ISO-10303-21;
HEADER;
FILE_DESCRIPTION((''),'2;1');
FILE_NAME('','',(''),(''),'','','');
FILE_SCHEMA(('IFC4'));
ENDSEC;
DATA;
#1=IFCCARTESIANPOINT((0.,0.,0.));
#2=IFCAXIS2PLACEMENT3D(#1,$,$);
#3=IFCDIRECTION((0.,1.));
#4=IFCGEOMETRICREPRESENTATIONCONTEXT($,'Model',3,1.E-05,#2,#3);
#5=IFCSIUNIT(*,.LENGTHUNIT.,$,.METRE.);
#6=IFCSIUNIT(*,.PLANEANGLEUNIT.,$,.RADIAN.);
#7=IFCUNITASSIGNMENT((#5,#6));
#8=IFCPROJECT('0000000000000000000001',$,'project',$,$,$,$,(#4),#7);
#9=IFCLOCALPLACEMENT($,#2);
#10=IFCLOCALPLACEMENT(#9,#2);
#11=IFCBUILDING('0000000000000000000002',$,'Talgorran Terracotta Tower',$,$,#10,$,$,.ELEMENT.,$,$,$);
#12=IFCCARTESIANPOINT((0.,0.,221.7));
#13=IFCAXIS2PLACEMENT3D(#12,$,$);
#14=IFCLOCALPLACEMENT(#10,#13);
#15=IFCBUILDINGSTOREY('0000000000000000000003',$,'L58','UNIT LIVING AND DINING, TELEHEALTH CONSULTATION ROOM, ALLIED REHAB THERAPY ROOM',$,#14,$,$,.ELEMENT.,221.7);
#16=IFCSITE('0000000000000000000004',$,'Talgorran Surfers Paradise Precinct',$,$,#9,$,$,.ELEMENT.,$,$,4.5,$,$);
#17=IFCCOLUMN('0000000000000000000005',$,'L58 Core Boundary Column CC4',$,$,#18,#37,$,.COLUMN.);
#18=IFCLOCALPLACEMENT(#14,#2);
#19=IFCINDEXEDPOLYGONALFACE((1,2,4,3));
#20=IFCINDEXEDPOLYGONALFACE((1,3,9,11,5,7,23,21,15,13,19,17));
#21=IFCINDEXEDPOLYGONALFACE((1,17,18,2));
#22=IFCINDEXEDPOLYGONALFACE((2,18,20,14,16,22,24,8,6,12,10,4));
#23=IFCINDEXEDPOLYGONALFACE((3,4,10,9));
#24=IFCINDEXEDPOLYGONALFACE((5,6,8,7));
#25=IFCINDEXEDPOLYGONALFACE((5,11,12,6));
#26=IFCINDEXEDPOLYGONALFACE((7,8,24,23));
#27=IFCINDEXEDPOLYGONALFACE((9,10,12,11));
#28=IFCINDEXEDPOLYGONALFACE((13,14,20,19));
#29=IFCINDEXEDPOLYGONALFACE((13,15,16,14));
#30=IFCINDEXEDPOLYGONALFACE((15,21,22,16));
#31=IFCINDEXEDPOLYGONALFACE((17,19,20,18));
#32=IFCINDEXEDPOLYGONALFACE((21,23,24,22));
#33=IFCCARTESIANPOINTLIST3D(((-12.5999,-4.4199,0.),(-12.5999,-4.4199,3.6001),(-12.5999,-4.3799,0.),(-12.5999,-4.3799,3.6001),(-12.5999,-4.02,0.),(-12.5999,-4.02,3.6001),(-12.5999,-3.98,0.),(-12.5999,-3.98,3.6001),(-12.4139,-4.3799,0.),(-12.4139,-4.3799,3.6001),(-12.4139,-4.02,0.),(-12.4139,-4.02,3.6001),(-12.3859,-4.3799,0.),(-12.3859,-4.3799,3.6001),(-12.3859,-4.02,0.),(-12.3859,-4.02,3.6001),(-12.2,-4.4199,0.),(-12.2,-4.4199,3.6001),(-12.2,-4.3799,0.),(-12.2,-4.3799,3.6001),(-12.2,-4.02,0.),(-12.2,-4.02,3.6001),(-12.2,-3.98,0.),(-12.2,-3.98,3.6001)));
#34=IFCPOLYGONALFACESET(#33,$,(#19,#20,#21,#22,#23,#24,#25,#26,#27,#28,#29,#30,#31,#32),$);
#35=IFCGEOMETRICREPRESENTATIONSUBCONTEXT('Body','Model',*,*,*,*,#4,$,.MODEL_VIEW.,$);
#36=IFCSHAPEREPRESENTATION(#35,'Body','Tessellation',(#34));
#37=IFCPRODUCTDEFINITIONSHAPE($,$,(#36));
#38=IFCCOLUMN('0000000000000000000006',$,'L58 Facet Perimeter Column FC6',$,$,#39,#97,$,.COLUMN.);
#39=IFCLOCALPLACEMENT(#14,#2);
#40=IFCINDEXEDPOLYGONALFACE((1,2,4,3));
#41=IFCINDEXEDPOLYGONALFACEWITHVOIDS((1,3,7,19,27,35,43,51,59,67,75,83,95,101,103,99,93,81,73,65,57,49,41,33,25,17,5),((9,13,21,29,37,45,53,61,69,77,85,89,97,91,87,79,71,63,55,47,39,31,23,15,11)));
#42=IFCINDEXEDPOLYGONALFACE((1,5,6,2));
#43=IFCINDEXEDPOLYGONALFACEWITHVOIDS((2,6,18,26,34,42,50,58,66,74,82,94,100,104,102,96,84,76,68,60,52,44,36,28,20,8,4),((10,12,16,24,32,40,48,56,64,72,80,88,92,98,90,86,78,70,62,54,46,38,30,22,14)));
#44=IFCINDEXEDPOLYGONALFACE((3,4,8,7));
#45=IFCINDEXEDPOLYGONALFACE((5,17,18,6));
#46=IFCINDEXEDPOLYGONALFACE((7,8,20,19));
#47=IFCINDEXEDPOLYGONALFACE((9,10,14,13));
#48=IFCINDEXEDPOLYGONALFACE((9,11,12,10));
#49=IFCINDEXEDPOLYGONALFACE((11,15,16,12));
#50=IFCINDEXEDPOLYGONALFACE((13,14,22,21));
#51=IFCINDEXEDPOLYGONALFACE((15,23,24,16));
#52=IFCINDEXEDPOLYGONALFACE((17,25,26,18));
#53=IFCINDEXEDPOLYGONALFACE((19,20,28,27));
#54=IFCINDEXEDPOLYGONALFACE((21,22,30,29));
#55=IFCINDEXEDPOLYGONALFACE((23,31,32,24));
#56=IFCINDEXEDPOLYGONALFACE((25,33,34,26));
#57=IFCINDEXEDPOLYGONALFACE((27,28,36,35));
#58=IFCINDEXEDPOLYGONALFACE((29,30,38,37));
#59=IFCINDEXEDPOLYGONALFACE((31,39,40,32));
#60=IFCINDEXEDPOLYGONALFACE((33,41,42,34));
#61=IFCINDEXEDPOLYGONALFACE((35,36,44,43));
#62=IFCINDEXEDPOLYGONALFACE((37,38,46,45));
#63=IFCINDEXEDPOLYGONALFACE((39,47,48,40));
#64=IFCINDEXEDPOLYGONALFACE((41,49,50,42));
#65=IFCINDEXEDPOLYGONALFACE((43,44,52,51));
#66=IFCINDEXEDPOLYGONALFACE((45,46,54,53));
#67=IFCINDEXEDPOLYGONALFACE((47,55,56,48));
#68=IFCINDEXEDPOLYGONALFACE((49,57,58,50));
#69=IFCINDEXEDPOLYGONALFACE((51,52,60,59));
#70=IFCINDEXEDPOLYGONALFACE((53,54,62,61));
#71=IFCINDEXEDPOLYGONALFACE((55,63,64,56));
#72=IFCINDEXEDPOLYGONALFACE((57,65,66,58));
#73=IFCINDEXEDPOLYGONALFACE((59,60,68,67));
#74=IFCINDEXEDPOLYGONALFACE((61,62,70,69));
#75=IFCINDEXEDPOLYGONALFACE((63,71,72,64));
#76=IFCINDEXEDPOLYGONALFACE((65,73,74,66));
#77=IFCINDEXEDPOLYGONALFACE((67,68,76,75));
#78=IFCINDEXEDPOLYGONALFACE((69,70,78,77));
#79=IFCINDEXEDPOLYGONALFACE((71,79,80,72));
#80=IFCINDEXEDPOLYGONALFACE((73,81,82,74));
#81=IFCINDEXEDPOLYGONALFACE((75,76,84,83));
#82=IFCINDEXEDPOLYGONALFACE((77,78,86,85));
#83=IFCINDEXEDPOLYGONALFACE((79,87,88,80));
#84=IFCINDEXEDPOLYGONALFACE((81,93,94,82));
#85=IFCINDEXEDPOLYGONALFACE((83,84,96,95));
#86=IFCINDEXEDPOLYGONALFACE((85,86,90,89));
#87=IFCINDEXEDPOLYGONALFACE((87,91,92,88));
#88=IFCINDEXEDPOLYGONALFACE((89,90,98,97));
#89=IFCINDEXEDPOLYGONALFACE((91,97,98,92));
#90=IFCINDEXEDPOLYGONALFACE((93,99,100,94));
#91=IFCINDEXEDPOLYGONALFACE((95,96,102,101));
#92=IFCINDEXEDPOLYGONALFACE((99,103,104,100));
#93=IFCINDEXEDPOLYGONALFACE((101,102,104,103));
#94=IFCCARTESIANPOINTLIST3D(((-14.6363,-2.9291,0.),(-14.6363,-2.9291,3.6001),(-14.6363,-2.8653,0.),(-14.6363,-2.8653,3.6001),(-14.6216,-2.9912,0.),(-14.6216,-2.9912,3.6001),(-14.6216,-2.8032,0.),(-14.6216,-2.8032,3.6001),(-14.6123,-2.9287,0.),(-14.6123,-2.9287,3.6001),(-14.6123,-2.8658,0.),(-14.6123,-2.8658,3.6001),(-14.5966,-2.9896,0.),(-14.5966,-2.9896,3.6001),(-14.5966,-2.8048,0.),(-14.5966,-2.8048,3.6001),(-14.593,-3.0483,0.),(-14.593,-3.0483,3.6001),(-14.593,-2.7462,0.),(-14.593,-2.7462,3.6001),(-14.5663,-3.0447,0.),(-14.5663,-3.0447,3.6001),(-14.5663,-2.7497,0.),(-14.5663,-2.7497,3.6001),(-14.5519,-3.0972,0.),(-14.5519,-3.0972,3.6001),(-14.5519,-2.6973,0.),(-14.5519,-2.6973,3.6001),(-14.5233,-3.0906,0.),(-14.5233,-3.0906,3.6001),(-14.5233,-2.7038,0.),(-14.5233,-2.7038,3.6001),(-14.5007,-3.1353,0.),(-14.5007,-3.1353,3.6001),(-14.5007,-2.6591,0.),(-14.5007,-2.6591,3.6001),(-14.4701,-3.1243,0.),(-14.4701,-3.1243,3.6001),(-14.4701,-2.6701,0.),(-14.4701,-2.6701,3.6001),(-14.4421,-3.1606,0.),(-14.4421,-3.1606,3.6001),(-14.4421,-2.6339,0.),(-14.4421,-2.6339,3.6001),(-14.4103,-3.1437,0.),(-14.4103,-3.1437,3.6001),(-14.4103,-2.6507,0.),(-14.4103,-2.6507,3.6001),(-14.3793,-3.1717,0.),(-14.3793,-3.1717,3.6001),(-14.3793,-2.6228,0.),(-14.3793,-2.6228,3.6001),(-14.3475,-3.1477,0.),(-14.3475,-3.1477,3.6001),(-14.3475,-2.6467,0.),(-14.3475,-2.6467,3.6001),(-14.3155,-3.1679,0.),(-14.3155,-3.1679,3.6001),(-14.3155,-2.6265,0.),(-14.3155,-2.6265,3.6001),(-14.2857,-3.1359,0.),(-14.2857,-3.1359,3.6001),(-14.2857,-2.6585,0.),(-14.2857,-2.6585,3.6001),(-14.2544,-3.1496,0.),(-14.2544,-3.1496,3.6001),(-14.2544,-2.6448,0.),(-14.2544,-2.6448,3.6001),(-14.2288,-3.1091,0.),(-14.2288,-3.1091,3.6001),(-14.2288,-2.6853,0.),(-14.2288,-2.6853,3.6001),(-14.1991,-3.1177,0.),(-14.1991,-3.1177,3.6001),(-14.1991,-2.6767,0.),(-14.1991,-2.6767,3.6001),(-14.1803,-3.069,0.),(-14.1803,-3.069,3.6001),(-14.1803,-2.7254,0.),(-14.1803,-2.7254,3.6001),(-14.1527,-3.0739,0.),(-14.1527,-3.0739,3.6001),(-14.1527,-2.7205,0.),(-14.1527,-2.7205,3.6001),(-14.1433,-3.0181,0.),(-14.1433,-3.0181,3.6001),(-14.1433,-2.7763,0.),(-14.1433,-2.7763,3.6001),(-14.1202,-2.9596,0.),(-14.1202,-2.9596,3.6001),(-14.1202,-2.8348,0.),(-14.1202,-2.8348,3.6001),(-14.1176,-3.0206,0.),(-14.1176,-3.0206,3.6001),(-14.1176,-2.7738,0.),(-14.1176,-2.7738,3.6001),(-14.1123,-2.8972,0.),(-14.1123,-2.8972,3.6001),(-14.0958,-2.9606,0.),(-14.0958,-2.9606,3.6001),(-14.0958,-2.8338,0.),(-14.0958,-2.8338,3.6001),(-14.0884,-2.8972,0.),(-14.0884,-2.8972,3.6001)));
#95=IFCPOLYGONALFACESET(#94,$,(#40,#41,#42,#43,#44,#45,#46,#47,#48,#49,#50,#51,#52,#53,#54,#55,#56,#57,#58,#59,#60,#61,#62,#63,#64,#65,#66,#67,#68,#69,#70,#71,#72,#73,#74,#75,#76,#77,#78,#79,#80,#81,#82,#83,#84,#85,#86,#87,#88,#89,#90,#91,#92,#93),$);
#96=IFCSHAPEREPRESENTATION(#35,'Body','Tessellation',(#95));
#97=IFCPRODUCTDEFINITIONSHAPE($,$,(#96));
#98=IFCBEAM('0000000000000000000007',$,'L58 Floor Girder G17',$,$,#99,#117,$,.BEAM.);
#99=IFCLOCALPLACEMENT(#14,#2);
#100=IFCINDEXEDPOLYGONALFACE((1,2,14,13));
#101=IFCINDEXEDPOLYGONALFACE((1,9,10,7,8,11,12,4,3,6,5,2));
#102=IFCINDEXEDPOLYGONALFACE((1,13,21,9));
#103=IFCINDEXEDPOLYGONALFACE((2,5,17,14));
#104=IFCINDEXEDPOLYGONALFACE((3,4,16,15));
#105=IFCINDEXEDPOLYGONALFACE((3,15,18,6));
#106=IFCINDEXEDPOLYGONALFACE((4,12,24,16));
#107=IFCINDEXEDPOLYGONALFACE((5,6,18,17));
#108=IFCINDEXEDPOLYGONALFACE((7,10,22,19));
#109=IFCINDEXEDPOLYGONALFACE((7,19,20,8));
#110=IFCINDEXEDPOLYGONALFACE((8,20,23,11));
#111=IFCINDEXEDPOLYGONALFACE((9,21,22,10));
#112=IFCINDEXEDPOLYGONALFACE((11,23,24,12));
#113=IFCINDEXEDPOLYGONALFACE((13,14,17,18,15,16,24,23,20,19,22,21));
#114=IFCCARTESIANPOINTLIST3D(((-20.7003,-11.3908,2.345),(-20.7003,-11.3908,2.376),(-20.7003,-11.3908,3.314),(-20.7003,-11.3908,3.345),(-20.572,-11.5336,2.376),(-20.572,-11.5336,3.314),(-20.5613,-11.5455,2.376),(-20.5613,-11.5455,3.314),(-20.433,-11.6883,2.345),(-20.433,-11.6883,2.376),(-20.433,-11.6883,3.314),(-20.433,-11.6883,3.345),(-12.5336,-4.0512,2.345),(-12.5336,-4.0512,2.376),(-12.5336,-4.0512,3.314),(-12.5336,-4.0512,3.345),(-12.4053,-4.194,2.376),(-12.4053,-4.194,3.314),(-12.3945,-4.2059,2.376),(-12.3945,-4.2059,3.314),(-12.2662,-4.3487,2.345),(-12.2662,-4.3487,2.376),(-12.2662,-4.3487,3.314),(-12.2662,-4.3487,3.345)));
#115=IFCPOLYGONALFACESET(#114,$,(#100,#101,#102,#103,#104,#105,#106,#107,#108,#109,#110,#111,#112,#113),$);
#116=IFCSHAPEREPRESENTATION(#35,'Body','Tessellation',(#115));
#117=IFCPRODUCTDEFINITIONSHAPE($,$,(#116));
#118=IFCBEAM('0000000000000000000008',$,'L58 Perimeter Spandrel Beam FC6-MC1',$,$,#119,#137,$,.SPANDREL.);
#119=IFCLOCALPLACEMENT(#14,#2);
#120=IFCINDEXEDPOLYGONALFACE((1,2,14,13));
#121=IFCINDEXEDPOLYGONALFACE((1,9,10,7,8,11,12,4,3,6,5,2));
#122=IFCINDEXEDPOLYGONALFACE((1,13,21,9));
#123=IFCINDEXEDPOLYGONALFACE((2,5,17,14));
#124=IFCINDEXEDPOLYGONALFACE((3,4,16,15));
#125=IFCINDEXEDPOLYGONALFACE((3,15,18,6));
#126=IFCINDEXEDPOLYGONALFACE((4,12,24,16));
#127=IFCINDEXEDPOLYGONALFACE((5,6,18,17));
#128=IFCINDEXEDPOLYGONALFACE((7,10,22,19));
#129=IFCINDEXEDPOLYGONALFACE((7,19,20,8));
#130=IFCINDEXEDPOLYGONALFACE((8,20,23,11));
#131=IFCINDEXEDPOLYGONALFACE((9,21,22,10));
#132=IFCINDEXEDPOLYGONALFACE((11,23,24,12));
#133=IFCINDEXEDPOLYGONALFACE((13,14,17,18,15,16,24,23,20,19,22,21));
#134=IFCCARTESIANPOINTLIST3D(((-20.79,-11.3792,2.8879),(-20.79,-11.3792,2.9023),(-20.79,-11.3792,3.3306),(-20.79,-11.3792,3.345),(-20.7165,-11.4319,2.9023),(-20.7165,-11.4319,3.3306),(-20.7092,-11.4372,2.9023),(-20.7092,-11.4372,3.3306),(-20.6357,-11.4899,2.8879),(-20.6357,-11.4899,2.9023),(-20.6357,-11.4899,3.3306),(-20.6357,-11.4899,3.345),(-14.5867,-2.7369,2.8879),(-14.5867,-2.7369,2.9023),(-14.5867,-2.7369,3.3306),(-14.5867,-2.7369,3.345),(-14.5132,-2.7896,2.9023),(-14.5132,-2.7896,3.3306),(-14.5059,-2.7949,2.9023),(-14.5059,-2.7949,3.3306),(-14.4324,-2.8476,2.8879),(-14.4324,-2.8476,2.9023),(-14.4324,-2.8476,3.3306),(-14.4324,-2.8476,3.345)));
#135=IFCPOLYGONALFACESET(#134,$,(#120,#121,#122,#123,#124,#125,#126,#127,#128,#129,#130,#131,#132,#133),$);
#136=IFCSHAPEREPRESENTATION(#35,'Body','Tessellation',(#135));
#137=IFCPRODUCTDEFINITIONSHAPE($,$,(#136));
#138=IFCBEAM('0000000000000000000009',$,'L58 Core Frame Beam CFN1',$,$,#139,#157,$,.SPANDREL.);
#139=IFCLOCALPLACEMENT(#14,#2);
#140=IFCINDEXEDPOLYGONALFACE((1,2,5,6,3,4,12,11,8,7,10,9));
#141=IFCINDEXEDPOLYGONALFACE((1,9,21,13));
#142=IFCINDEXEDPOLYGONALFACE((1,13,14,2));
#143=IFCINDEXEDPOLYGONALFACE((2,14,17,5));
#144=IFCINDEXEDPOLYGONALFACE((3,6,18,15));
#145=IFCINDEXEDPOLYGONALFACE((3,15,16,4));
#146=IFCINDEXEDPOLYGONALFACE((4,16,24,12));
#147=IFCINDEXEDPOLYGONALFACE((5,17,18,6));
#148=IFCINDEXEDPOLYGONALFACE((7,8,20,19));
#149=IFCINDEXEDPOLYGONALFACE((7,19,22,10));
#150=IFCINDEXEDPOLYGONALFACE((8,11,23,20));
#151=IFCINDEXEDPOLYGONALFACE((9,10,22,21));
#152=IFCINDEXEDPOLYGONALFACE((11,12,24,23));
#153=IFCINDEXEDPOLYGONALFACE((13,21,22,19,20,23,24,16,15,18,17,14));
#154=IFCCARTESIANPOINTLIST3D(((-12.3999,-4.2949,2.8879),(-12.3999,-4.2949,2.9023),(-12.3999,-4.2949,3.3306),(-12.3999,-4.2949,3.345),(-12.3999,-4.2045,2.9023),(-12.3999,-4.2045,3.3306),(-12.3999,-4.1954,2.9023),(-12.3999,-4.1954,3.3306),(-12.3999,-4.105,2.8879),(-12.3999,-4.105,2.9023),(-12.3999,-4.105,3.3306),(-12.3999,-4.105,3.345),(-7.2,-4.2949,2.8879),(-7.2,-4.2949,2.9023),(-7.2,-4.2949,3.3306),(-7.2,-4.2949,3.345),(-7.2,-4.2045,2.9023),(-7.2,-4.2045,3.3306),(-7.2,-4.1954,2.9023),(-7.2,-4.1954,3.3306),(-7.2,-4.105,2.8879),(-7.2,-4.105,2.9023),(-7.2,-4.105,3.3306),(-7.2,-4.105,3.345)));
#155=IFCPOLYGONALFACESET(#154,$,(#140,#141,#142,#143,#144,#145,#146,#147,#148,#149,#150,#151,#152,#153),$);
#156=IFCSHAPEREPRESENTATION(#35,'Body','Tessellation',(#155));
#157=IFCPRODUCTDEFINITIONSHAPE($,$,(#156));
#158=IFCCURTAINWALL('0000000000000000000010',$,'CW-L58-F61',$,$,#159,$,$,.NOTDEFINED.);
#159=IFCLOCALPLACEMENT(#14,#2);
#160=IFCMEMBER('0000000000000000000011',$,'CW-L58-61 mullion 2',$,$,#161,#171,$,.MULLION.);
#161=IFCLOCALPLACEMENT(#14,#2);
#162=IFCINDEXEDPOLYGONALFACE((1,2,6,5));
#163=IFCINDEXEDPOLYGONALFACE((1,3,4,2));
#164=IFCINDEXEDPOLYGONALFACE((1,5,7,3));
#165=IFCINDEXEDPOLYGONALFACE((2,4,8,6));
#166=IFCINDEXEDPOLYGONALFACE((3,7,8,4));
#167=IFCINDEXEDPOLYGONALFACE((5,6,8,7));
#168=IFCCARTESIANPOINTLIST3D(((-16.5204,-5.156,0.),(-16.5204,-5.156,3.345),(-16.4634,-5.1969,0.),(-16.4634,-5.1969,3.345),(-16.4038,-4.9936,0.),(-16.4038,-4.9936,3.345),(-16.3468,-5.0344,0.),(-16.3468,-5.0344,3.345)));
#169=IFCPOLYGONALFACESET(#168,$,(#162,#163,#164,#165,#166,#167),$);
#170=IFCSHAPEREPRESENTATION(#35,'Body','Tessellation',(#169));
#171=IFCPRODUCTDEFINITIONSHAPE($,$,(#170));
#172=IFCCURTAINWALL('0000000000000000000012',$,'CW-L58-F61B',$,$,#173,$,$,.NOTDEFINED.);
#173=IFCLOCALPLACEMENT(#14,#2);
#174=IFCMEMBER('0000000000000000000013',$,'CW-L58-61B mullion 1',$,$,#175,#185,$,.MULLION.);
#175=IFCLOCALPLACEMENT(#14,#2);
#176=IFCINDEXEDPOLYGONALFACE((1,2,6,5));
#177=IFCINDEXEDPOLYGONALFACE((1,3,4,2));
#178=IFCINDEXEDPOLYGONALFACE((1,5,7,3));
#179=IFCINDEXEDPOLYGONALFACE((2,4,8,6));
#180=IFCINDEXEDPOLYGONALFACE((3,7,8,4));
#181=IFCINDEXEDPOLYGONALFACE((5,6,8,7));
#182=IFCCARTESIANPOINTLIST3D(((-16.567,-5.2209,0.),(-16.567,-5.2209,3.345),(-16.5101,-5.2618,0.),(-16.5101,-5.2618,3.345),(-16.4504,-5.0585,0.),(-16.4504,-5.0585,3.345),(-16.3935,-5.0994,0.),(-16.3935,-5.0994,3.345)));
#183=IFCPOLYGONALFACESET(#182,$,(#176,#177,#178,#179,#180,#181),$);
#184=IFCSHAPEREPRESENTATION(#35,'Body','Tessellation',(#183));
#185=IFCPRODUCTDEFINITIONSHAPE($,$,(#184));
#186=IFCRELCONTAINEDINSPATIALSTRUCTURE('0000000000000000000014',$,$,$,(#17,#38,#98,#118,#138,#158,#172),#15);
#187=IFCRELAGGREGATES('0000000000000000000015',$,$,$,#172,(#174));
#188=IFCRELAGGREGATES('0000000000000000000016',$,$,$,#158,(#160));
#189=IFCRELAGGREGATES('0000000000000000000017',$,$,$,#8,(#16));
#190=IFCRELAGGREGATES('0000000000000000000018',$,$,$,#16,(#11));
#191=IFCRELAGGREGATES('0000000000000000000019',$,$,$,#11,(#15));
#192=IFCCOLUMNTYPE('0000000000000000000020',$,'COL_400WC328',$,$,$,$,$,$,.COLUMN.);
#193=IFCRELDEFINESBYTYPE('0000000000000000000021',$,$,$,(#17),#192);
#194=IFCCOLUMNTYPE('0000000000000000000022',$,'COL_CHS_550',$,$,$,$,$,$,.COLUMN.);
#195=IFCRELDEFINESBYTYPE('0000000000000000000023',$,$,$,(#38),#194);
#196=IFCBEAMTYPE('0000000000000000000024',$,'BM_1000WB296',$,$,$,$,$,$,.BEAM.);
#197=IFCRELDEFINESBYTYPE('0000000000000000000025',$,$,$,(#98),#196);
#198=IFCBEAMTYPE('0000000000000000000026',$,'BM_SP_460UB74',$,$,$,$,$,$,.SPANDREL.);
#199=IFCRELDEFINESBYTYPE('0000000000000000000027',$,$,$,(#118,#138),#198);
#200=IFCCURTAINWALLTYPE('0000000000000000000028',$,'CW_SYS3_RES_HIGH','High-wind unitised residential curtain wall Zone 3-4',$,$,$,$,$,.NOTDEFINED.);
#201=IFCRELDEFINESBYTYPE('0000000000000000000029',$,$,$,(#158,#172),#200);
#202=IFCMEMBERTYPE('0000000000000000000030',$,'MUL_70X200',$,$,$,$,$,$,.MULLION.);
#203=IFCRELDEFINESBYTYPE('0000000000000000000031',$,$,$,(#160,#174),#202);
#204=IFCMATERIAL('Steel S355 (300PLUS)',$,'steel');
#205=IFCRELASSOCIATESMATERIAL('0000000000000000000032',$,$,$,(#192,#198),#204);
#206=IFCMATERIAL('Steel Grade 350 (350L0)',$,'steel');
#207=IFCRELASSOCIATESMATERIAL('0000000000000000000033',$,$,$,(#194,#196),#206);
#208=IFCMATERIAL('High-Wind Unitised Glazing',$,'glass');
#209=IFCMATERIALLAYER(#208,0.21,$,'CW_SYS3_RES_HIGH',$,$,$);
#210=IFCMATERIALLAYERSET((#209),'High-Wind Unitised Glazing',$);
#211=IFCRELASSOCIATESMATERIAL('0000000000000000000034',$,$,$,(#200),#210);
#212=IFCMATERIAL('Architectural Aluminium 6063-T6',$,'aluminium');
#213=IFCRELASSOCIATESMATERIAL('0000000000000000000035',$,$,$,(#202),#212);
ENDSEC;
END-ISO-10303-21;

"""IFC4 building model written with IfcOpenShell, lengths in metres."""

from ifc_helpers import new_model, si_unit, direction, frame, origin, origin_2d, place, context, subcontext, project, spatial, rectangle, hollow_circle, i_section, extrude, material, layer, layer_set, material_profile, profile_set, type_object, element, aggregate, save


model = new_model("IFC4")

# Units and contexts
model_context = context("Model", 3, precision=1e-05, world=origin(), true_north=direction((0.0, 1.0)))
body_context = subcontext(model_context, "Body", "Model", "MODEL_VIEW")
ifc_project = project(units=[si_unit("LENGTHUNIT", "METRE"), si_unit("PLANEANGLEUNIT", "RADIAN")], contexts=[model_context])

# Site, building, storey
site_placement = place(None, origin())
site = spatial("IfcSite", under=ifc_project, at=site_placement, Name="Talgorran Surfers Paradise Precinct", CompositionType="ELEMENT", RefElevation=4.5)
building_placement = place(site_placement, origin())
building = spatial("IfcBuilding", under=site, at=building_placement, Name="Talgorran Terracotta Tower", CompositionType="ELEMENT")
storey_placement = place(building_placement, frame((0.0, 0.0, 221.7)))
storey = spatial("IfcBuildingStorey", under=building, at=storey_placement, Name="L58", Description="UNIT LIVING AND DINING, TELEHEALTH CONSULTATION ROOM, ALLIED REHAB THERAPY ROOM", CompositionType="ELEMENT", Elevation=221.7)

# Columns
ifc_material_1 = material(Name="Steel S355 (300PLUS)", Category="steel")
ifc_material_profile_1 = material_profile(ifc_material_1, i_section(OverallWidth=0.3999, OverallDepth=0.4399, WebThickness=0.0281, FlangeThickness=0.04, at=origin_2d()), Name="400WC328")
ifc_profile_set_1 = profile_set([ifc_material_profile_1], Name="Steel S355 (300PLUS)")
column_type_1 = type_object("IfcColumnType", Name="COL_400WC328", PredefinedType="COLUMN", material=ifc_profile_set_1)
column_1_placement = place(storey_placement, frame((-12.3999, -4.2, 0.0), z_axis=(0.0, 0.0, 1.0), x_axis=(1.0, 0.0, 0.0)))
element("IfcColumn", 1, at=column_1_placement, inside=storey, type_object=column_type_1, Name="L58 Core Boundary Column CC4", PredefinedType="COLUMN", context=body_context, shape_type="SweptSolid", body=[
    extrude(i_section(OverallWidth=0.3999, OverallDepth=0.4399, WebThickness=0.0281, FlangeThickness=0.04, at=origin_2d()), origin(), (0.0, 0.0, 1.0), 3.6001),
])
ifc_material_2 = material(Name="Steel Grade 350 (350L0)", Category="steel")
ifc_material_profile_2 = material_profile(ifc_material_2, hollow_circle(Radius=0.2749, WallThickness=0.0239, at=origin_2d()), Name="CHS550X24")
ifc_profile_set_2 = profile_set([ifc_material_profile_2], Name="Steel Grade 350 (350L0)")
column_type_2 = type_object("IfcColumnType", Name="COL_CHS_550", PredefinedType="COLUMN", material=ifc_profile_set_2)
column_2_placement = place(storey_placement, frame((-14.3633, -2.8972, 0.0), z_axis=(0.0, 0.0, 1.0), x_axis=(1.0, 0.0, 0.0)))
element("IfcColumn", 2, at=column_2_placement, inside=storey, type_object=column_type_2, Name="L58 Facet Perimeter Column FC6", PredefinedType="COLUMN", context=body_context, shape_type="SweptSolid", body=[
    extrude(hollow_circle(Radius=0.2749, WallThickness=0.0239, at=origin_2d()), origin(), (0.0, 0.0, 1.0), 3.6001),
])

# Beams
ifc_material_profile_3 = material_profile(ifc_material_2, i_section(OverallWidth=0.3999, OverallDepth=1.0, WebThickness=0.0161, FlangeThickness=0.031, at=origin_2d()), Name="1000WB296")
ifc_profile_set_3 = profile_set([ifc_material_profile_3], Name="Steel Grade 350 (350L0)")
beam_type_1 = type_object("IfcBeamType", Name="BM_1000WB296", PredefinedType="BEAM", material=ifc_profile_set_3)
beam_1_placement = place(storey_placement, frame((-12.3999, -4.2, 2.845), z_axis=(-0.743768, -0.668438, 0.0), x_axis=(0.668438, -0.743768, 0.0)))
element("IfcBeam", 3, at=beam_1_placement, inside=storey, type_object=beam_type_1, Name="L58 Floor Girder G17", PredefinedType="BEAM", context=body_context, shape_type="SweptSolid", body=[
    extrude(i_section(OverallWidth=0.3999, OverallDepth=1.0, WebThickness=0.0161, FlangeThickness=0.031, at=origin_2d()), origin(), (0.0, 0.0, 1.0), 10.9802),
])
ifc_material_profile_4 = material_profile(ifc_material_1, i_section(OverallWidth=0.1899, OverallDepth=0.457, WebThickness=0.009, FlangeThickness=0.0144, at=origin_2d()), Name="460UB74.6")
ifc_profile_set_4 = profile_set([ifc_material_profile_4], Name="Steel S355 (300PLUS)")
beam_type_2 = type_object("IfcBeamType", Name="BM_SP_460UB74", PredefinedType="SPANDREL", material=ifc_profile_set_4)
beam_2_placement = place(storey_placement, frame((-14.5095, -2.7922, 3.1165), z_axis=(-0.583121, -0.812385, 0.0), x_axis=(0.812385, -0.583121, 0.0)))
element("IfcBeam", 4, at=beam_2_placement, inside=storey, type_object=beam_type_2, Name="L58 Perimeter Spandrel Beam FC6-MC1", PredefinedType="SPANDREL", context=body_context, shape_type="SweptSolid", body=[
    extrude(i_section(OverallWidth=0.1899, OverallDepth=0.457, WebThickness=0.009, FlangeThickness=0.0144, at=origin_2d()), origin(), (0.0, 0.0, 1.0), 10.6382),
])
beam_3_placement = place(storey_placement, frame((-12.3999, -4.2, 3.1165), z_axis=(1.0, 0.0, 0.0), x_axis=(0.0, 1.0, 0.0)))
element("IfcBeam", 5, at=beam_3_placement, inside=storey, type_object=beam_type_2, Name="L58 Core Frame Beam CFN1", PredefinedType="SPANDREL", context=body_context, shape_type="SweptSolid", body=[
    extrude(i_section(OverallWidth=0.1899, OverallDepth=0.457, WebThickness=0.009, FlangeThickness=0.0144, at=origin_2d()), origin(), (0.0, 0.0, 1.0), 5.2),
])

# Curtain wall, member
ifc_material_3 = material(Name="High-Wind Unitised Glazing", Category="glass")
ifc_layer_1 = layer(ifc_material_3, 0.21, Name="CW_SYS3_RES_HIGH")
ifc_layer_set_1 = layer_set([ifc_layer_1], Name="High-Wind Unitised Glazing")
curtain_wall_type = type_object("IfcCurtainWallType", Name="CW_SYS3_RES_HIGH", Description="High-wind unitised residential curtain wall Zone 3-4", PredefinedType="NOTDEFINED", material=ifc_layer_set_1)
curtain_wall_1_placement = place(storey_placement, origin())
curtain_wall_1 = element("IfcCurtainWall", 6, at=curtain_wall_1_placement, inside=storey, type_object=curtain_wall_type, Name="CW-L58-F61", PredefinedType="NOTDEFINED")
ifc_material_4 = material(Name="Architectural Aluminium 6063-T6", Category="aluminium")
ifc_material_profile_5 = material_profile(ifc_material_4, rectangle(XDim=0.0701, YDim=0.2, at=origin_2d()), Name="CWM70X200")
ifc_profile_set_5 = profile_set([ifc_material_profile_5], Name="Architectural Aluminium 6063-T6")
member_type_1 = type_object("IfcMemberType", Name="MUL_70X200", PredefinedType="MULLION", material=ifc_profile_set_5)
member_1_placement = place(storey_placement, frame((-16.4336, -5.0952, 0.0), z_axis=(0.0, 0.0, 1.0), x_axis=(0.812386, -0.583119, 0.0)))
member_1 = element("IfcMember", 7, at=member_1_placement, type_object=member_type_1, Name="CW-L58-61 mullion 2", PredefinedType="MULLION", context=body_context, shape_type="SweptSolid", body=[
    extrude(rectangle(XDim=0.0701, YDim=0.2, at=origin_2d()), origin(), (0.0, 0.0, 1.0), 3.345),
])

# Curtain wall, member
curtain_wall_2_placement = place(storey_placement, origin())
curtain_wall_2 = element("IfcCurtainWall", 8, at=curtain_wall_2_placement, inside=storey, type_object=curtain_wall_type, Name="CW-L58-F61B", PredefinedType="NOTDEFINED")
member_2_placement = place(storey_placement, frame((-16.4802, -5.1602, 0.0), z_axis=(0.0, 0.0, 1.0), x_axis=(0.812388, -0.583118, 0.0)))
member_2 = element("IfcMember", 9, at=member_2_placement, type_object=member_type_1, Name="CW-L58-61B mullion 1", PredefinedType="MULLION", context=body_context, shape_type="SweptSolid", body=[
    extrude(rectangle(XDim=0.0701, YDim=0.2, at=origin_2d()), origin(), (0.0, 0.0, 1.0), 3.345),
])
aggregate(curtain_wall_2, [member_2])

aggregate(curtain_wall_1, [member_1])

save(model, "model.ifc")
